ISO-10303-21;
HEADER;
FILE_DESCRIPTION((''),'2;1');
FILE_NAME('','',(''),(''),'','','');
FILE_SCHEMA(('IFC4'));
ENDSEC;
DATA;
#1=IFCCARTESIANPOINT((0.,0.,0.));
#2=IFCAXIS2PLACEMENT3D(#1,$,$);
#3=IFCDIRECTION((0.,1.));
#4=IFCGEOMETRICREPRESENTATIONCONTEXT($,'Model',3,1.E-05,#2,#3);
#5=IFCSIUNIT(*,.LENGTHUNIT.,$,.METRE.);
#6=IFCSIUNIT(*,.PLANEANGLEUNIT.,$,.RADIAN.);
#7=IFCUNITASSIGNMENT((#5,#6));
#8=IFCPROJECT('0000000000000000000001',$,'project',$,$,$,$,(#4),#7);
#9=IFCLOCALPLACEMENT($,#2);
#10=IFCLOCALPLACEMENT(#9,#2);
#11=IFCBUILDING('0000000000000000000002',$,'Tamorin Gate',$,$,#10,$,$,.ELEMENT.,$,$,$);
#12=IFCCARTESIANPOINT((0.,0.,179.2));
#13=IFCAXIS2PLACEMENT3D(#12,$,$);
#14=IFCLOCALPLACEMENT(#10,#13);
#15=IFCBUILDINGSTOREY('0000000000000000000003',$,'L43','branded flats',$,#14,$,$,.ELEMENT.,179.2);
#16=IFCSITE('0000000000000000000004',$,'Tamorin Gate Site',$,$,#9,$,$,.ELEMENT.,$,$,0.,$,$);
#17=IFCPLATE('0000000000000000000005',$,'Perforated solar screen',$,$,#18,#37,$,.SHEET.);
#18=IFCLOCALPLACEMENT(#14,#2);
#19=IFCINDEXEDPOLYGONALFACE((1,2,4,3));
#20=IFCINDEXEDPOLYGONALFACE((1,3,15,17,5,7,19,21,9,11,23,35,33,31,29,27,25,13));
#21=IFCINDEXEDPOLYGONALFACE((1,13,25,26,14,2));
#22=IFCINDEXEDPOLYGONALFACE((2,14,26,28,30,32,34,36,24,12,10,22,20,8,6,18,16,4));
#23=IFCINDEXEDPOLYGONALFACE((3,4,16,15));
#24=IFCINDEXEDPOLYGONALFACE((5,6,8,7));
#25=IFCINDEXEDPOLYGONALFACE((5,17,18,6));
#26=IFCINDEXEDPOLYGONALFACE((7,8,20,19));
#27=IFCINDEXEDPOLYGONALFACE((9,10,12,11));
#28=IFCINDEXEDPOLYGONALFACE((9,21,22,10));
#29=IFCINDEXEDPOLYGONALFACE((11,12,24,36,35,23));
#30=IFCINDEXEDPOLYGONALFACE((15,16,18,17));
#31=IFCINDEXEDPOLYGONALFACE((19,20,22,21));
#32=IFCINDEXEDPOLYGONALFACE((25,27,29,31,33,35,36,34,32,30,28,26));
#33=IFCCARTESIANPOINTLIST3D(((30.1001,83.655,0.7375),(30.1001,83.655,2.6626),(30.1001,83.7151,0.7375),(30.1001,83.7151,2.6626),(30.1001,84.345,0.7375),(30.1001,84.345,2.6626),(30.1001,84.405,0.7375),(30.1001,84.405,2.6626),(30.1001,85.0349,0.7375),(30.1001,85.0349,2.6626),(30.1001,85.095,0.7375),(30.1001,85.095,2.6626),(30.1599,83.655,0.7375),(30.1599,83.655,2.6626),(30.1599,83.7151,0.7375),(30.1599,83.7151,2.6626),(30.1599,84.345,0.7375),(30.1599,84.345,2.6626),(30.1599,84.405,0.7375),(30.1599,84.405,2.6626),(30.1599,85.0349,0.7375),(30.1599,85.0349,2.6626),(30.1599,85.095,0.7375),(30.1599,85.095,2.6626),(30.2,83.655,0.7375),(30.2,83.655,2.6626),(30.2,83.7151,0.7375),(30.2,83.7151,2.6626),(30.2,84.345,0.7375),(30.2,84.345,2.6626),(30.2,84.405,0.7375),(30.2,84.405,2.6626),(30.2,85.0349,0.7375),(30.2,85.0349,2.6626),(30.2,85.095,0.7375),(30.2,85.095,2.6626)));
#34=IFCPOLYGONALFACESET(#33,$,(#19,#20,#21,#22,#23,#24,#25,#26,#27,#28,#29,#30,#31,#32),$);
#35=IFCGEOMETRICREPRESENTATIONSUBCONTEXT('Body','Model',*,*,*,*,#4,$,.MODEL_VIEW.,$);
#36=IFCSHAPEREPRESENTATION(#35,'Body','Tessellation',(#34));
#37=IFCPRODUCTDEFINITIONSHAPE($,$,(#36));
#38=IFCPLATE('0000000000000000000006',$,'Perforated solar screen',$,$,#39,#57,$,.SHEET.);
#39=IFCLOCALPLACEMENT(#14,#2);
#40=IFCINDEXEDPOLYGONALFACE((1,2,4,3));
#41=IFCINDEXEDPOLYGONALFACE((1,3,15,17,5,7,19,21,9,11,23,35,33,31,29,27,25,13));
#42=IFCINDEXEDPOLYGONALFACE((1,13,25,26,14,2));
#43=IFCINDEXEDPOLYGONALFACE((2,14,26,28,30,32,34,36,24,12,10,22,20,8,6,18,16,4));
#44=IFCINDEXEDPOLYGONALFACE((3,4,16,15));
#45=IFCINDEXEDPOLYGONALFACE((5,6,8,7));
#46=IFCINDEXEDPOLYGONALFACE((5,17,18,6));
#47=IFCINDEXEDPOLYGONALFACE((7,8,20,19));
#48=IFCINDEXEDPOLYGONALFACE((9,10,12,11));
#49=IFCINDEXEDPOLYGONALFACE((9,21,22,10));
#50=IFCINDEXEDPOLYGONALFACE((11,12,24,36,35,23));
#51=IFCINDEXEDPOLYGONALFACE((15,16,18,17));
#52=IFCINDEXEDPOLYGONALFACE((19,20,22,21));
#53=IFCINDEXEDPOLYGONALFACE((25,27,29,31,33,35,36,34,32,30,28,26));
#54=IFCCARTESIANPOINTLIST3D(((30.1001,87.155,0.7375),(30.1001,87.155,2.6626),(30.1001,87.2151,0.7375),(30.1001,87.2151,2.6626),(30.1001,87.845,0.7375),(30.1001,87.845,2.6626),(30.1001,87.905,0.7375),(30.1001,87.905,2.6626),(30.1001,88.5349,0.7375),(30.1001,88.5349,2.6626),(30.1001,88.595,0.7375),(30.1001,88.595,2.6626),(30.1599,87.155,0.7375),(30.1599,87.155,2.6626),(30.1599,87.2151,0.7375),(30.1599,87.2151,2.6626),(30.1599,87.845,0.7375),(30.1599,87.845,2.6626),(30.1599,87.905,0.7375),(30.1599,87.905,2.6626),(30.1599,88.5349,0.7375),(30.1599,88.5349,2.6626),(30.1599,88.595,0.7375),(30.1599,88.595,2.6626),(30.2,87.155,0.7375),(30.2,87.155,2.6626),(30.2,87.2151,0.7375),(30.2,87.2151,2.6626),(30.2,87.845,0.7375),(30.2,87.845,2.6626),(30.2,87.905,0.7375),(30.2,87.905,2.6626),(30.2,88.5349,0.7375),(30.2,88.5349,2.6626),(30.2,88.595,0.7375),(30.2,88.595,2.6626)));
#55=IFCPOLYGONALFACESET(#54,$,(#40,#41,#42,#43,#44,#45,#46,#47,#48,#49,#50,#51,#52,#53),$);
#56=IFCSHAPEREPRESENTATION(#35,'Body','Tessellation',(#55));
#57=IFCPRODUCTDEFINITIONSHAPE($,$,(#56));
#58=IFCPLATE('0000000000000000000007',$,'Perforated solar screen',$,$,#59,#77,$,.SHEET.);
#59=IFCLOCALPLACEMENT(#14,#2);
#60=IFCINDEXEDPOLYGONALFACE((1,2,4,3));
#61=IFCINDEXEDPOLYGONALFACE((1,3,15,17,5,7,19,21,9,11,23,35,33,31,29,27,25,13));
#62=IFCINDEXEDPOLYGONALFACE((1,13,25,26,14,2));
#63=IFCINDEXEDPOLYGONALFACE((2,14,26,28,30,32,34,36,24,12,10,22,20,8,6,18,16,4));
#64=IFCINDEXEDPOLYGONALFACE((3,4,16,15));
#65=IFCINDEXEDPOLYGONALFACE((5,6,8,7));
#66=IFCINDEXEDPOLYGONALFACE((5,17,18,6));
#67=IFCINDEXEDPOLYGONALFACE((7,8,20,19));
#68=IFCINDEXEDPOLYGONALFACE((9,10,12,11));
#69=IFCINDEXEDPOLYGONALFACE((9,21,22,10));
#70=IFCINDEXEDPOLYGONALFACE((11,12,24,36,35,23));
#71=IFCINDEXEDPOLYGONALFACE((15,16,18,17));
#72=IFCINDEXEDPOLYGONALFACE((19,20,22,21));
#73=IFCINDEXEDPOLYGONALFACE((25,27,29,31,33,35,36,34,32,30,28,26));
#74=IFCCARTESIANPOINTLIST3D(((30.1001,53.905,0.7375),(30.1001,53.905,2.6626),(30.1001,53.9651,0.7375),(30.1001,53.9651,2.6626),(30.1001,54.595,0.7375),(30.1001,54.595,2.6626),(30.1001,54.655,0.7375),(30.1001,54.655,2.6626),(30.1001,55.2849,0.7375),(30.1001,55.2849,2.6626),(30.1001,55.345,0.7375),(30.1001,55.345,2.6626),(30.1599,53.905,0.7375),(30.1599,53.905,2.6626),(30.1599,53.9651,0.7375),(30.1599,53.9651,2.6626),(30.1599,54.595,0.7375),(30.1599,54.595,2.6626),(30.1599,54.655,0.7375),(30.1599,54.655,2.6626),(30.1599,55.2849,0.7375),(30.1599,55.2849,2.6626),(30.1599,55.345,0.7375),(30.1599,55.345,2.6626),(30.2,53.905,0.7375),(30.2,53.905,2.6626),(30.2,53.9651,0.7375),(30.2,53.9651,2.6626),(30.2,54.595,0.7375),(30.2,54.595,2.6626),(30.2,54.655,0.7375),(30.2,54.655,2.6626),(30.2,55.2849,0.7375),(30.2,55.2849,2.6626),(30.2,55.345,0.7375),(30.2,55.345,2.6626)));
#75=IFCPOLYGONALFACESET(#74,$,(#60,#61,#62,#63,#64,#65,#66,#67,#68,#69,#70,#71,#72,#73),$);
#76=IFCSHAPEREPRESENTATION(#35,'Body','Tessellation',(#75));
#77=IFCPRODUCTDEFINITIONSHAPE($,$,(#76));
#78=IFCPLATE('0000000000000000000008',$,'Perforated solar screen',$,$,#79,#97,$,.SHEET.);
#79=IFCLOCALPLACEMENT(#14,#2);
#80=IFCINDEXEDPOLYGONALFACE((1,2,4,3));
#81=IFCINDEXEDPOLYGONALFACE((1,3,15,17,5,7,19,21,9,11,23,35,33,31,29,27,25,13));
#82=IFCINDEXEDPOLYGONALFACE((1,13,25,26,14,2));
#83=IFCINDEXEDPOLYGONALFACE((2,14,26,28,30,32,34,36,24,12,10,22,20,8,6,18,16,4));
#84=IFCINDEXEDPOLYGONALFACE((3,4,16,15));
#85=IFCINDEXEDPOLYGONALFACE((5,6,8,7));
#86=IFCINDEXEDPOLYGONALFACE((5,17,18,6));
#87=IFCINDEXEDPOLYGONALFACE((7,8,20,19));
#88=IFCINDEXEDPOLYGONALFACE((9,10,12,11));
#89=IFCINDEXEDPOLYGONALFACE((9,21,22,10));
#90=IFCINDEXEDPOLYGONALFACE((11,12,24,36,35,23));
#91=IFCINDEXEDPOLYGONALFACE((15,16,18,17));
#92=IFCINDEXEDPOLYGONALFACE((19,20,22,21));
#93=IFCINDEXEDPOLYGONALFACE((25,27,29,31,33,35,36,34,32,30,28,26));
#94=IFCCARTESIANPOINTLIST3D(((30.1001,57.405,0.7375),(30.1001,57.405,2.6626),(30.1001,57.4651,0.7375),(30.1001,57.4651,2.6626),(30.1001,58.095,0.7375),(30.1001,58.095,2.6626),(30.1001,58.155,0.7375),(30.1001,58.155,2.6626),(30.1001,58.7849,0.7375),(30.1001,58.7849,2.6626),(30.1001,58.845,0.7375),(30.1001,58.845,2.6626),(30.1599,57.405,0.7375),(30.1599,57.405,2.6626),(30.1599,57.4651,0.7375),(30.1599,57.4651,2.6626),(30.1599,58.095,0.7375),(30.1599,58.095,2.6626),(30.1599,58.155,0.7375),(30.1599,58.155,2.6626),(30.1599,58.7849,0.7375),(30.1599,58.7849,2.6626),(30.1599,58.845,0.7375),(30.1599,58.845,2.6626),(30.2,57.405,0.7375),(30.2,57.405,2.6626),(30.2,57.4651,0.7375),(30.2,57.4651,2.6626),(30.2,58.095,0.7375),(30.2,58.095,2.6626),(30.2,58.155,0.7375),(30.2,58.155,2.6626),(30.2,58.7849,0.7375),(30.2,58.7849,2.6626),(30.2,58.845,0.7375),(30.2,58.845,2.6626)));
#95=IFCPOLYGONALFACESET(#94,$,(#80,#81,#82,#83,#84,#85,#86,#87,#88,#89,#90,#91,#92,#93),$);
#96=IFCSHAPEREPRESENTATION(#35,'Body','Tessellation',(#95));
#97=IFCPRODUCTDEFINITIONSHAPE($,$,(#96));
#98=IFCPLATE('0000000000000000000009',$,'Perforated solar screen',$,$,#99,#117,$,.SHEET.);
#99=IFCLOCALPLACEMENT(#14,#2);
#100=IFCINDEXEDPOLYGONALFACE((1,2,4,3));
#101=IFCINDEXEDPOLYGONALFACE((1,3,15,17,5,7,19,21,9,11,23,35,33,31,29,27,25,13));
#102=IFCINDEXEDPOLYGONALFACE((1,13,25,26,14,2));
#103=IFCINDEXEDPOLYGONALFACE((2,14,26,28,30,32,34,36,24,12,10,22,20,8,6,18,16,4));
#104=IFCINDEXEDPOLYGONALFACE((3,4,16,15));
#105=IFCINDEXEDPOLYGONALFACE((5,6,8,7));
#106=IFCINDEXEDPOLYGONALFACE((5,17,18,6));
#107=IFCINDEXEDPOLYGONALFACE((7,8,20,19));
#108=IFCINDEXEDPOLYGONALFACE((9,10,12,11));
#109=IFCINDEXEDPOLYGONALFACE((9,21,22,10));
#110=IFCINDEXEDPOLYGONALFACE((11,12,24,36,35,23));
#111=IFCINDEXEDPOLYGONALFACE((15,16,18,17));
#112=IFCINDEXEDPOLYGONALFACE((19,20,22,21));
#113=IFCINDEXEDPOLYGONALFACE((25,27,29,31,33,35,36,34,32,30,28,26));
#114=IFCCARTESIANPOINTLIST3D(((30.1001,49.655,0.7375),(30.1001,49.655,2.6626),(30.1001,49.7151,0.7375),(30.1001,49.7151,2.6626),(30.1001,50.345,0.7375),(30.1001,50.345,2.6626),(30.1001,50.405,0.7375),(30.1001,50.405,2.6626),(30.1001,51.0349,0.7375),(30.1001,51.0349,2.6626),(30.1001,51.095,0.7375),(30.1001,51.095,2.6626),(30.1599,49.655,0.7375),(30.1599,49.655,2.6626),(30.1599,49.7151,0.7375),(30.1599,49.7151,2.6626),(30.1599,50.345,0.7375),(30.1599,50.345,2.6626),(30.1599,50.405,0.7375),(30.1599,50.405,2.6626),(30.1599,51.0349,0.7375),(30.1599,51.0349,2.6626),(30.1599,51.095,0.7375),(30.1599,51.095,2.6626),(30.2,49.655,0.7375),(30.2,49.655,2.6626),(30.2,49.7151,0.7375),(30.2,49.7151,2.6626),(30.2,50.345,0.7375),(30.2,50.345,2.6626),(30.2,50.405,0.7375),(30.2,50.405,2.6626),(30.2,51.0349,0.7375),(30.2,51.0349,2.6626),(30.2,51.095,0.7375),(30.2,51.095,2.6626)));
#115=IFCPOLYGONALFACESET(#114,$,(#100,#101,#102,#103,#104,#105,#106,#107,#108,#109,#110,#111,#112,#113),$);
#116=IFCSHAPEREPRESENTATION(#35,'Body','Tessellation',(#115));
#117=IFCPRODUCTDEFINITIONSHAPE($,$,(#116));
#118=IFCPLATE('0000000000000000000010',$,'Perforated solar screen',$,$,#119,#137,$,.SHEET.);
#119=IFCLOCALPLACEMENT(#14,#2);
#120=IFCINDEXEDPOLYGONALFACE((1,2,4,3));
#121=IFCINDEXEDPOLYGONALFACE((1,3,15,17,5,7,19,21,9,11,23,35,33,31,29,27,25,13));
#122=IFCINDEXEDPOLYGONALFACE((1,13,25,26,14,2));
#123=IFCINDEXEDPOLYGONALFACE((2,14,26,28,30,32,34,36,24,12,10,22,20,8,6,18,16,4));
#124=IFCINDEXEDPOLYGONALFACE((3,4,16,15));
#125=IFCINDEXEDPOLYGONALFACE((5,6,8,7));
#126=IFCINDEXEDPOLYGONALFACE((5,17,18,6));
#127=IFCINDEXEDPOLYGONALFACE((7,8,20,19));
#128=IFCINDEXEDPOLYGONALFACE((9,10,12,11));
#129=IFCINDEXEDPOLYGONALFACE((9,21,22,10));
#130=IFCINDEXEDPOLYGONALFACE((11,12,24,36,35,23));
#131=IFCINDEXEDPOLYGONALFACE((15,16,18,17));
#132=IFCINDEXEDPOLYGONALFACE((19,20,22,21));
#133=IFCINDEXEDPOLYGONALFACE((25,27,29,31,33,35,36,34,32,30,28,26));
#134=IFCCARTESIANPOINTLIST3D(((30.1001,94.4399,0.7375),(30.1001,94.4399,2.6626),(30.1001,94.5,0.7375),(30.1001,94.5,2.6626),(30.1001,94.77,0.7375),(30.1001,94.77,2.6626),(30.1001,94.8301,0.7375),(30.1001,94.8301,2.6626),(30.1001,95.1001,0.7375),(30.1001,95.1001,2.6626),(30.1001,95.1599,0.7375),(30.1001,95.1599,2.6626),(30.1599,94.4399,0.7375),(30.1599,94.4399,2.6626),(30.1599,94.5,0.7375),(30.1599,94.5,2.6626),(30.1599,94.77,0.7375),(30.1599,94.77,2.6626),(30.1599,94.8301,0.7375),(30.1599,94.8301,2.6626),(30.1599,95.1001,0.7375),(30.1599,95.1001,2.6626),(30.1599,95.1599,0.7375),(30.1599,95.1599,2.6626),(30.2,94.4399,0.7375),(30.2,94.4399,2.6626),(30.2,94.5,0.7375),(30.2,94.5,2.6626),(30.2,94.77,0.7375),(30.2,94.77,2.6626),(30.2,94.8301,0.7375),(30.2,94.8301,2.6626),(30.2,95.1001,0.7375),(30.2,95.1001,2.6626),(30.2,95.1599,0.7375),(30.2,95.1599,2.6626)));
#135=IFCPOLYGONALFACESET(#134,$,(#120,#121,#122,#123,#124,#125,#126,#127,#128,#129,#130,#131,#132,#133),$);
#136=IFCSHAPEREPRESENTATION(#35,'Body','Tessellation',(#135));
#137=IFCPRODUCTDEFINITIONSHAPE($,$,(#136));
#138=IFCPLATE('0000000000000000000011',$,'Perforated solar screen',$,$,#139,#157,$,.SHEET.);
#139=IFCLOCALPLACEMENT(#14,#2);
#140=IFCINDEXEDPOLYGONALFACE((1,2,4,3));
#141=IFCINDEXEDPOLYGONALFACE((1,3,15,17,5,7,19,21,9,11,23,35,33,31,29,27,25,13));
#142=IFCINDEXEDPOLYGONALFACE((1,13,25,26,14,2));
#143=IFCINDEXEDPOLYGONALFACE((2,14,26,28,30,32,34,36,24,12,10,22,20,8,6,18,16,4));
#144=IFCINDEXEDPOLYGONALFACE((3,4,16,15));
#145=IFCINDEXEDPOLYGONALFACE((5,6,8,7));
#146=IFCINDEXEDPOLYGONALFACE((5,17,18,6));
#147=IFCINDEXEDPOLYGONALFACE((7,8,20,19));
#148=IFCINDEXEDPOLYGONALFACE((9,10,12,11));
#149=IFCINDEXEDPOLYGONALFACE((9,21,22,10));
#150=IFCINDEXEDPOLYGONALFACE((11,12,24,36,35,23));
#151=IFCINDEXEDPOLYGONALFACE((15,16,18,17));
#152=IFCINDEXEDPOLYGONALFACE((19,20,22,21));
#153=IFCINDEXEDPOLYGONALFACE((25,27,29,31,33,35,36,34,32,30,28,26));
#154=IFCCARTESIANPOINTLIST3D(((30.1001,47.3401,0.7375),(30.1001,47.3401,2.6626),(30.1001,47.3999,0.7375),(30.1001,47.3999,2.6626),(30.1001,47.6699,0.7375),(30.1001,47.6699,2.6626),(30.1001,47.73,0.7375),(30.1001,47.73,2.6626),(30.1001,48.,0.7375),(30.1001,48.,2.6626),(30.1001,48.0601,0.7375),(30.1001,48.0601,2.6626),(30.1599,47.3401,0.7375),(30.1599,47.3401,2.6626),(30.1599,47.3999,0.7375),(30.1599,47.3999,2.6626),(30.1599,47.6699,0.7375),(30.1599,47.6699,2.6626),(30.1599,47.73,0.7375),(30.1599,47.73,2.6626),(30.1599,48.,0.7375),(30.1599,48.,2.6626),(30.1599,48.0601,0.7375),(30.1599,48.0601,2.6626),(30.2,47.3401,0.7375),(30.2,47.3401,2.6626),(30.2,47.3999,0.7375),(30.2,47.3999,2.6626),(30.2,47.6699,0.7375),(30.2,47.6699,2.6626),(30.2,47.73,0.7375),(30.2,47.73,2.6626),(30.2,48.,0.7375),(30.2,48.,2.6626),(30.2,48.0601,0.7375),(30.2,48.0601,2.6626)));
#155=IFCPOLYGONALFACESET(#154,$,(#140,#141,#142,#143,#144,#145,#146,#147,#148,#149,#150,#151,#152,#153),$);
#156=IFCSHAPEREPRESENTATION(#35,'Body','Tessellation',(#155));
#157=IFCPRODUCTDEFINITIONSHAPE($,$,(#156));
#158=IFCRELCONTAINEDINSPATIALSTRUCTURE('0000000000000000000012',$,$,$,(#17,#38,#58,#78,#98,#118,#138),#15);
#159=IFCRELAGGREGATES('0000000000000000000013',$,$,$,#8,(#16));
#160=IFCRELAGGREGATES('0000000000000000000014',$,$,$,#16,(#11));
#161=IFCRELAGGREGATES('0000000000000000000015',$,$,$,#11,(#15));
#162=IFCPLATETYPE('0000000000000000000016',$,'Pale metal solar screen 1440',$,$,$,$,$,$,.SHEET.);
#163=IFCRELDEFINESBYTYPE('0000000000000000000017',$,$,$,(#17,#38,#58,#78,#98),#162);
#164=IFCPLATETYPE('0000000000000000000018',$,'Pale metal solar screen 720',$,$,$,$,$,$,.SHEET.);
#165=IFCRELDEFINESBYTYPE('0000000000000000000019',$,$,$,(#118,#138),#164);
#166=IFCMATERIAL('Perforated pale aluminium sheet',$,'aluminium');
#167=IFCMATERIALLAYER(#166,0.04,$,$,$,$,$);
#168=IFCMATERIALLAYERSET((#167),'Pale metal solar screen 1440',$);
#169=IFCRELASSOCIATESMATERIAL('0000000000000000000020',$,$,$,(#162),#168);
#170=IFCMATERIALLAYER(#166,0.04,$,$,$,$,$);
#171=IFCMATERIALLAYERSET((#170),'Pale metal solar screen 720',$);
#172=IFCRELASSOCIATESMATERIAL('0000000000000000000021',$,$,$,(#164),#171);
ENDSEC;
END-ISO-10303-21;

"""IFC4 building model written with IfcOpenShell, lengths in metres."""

from ifc_helpers import new_model, si_unit, direction, frame, origin, place, context, subcontext, project, spatial, polyline, outline, extrude, material, layer, layer_set, type_object, element, save


model = new_model("IFC4")

# Units and contexts
model_context = context("Model", 3, precision=1e-05, world=origin(), true_north=direction((0.0, 1.0)))
body_context = subcontext(model_context, "Body", "Model", "MODEL_VIEW")
ifc_project = project(units=[si_unit("LENGTHUNIT", "METRE"), si_unit("PLANEANGLEUNIT", "RADIAN")], contexts=[model_context])

# Site, building, storey
site_placement = place(None, origin())
site = spatial("IfcSite", under=ifc_project, at=site_placement, Name="Tamorin Gate Site", CompositionType="ELEMENT", RefElevation=0.0)
building_placement = place(site_placement, origin())
building = spatial("IfcBuilding", under=site, at=building_placement, Name="Tamorin Gate", CompositionType="ELEMENT")
storey_placement = place(building_placement, frame((0.0, 0.0, 179.2)))
storey = spatial("IfcBuildingStorey", under=building, at=storey_placement, Name="L43", Description="branded flats", CompositionType="ELEMENT", Elevation=179.2)

# Plates
ifc_material_1 = material(Name="Perforated pale aluminium sheet", Category="aluminium")
ifc_layer_1 = layer(ifc_material_1, 0.04)
ifc_layer_set_1 = layer_set([ifc_layer_1], Name="Pale metal solar screen 1440")
plate_type_1 = type_object("IfcPlateType", Name="Pale metal solar screen 1440", PredefinedType="SHEET", material=ifc_layer_set_1)
plate_1_placement = place(storey_placement, frame((0.0, 0.0, 0.7375)))
element("IfcPlate", 1, at=plate_1_placement, inside=storey, type_object=plate_type_1, Name="Perforated solar screen", PredefinedType="SHEET", context=body_context, shape_type="SweptSolid", body=[
    extrude(outline(polyline([(30.1599, 85.095), (30.2, 85.095), (30.2, 85.0349), (30.2, 84.405), (30.2, 84.345), (30.2, 83.7151), (30.2, 83.655), (30.1599, 83.655), (30.1001, 83.655), (30.1001, 83.7151), (30.1599, 83.7151), (30.1599, 84.345), (30.1001, 84.345), (30.1001, 84.405), (30.1599, 84.405), (30.1599, 85.0349), (30.1001, 85.0349), (30.1001, 85.095), (30.1599, 85.095)])), origin(), (0.0, 0.0, 1.0), 1.925),
])
plate_2_placement = place(storey_placement, frame((0.0, 0.0, 0.7375)))
element("IfcPlate", 2, at=plate_2_placement, inside=storey, type_object=plate_type_1, Name="Perforated solar screen", PredefinedType="SHEET", context=body_context, shape_type="SweptSolid", body=[
    extrude(outline(polyline([(30.1599, 88.595), (30.2, 88.595), (30.2, 88.5349), (30.2, 87.905), (30.2, 87.845), (30.2, 87.2151), (30.2, 87.155), (30.1599, 87.155), (30.1001, 87.155), (30.1001, 87.2151), (30.1599, 87.2151), (30.1599, 87.845), (30.1001, 87.845), (30.1001, 87.905), (30.1599, 87.905), (30.1599, 88.5349), (30.1001, 88.5349), (30.1001, 88.595), (30.1599, 88.595)])), origin(), (0.0, 0.0, 1.0), 1.925),
])
plate_3_placement = place(storey_placement, frame((0.0, 0.0, 0.7375)))
element("IfcPlate", 3, at=plate_3_placement, inside=storey, type_object=plate_type_1, Name="Perforated solar screen", PredefinedType="SHEET", context=body_context, shape_type="SweptSolid", body=[
    extrude(outline(polyline([(30.1599, 55.345), (30.2, 55.345), (30.2, 55.2849), (30.2, 54.655), (30.2, 54.595), (30.2, 53.9651), (30.2, 53.905), (30.1599, 53.905), (30.1001, 53.905), (30.1001, 53.9651), (30.1599, 53.9651), (30.1599, 54.595), (30.1001, 54.595), (30.1001, 54.655), (30.1599, 54.655), (30.1599, 55.2849), (30.1001, 55.2849), (30.1001, 55.345), (30.1599, 55.345)])), origin(), (0.0, 0.0, 1.0), 1.925),
])
plate_4_placement = place(storey_placement, frame((0.0, 0.0, 0.7375)))
element("IfcPlate", 4, at=plate_4_placement, inside=storey, type_object=plate_type_1, Name="Perforated solar screen", PredefinedType="SHEET", context=body_context, shape_type="SweptSolid", body=[
    extrude(outline(polyline([(30.1599, 58.845), (30.2, 58.845), (30.2, 58.7849), (30.2, 58.155), (30.2, 58.095), (30.2, 57.4651), (30.2, 57.405), (30.1599, 57.405), (30.1001, 57.405), (30.1001, 57.4651), (30.1599, 57.4651), (30.1599, 58.095), (30.1001, 58.095), (30.1001, 58.155), (30.1599, 58.155), (30.1599, 58.7849), (30.1001, 58.7849), (30.1001, 58.845), (30.1599, 58.845)])), origin(), (0.0, 0.0, 1.0), 1.925),
])
plate_5_placement = place(storey_placement, frame((0.0, 0.0, 0.7375)))
element("IfcPlate", 5, at=plate_5_placement, inside=storey, type_object=plate_type_1, Name="Perforated solar screen", PredefinedType="SHEET", context=body_context, shape_type="SweptSolid", body=[
    extrude(outline(polyline([(30.1599, 51.095), (30.2, 51.095), (30.2, 51.0349), (30.2, 50.405), (30.2, 50.345), (30.2, 49.7151), (30.2, 49.655), (30.1599, 49.655), (30.1001, 49.655), (30.1001, 49.7151), (30.1599, 49.7151), (30.1599, 50.345), (30.1001, 50.345), (30.1001, 50.405), (30.1599, 50.405), (30.1599, 51.0349), (30.1001, 51.0349), (30.1001, 51.095), (30.1599, 51.095)])), origin(), (0.0, 0.0, 1.0), 1.925),
])
ifc_layer_2 = layer(ifc_material_1, 0.04)
ifc_layer_set_2 = layer_set([ifc_layer_2], Name="Pale metal solar screen 720")
plate_type_2 = type_object("IfcPlateType", Name="Pale metal solar screen 720", PredefinedType="SHEET", material=ifc_layer_set_2)
plate_6_placement = place(storey_placement, frame((0.0, 0.0, 0.7375)))
element("IfcPlate", 6, at=plate_6_placement, inside=storey, type_object=plate_type_2, Name="Perforated solar screen", PredefinedType="SHEET", context=body_context, shape_type="SweptSolid", body=[
    extrude(outline(polyline([(30.1599, 95.1599), (30.2, 95.1599), (30.2, 95.1001), (30.2, 94.8301), (30.2, 94.77), (30.2, 94.5), (30.2, 94.4399), (30.1599, 94.4399), (30.1001, 94.4399), (30.1001, 94.5), (30.1599, 94.5), (30.1599, 94.77), (30.1001, 94.77), (30.1001, 94.8301), (30.1599, 94.8301), (30.1599, 95.1001), (30.1001, 95.1001), (30.1001, 95.1599), (30.1599, 95.1599)])), origin(), (0.0, 0.0, 1.0), 1.925),
])
plate_7_placement = place(storey_placement, frame((0.0, 0.0, 0.7375)))
element("IfcPlate", 7, at=plate_7_placement, inside=storey, type_object=plate_type_2, Name="Perforated solar screen", PredefinedType="SHEET", context=body_context, shape_type="SweptSolid", body=[
    extrude(outline(polyline([(30.1599, 48.0601), (30.2, 48.0601), (30.2, 48.0), (30.2, 47.73), (30.2, 47.6699), (30.2, 47.3999), (30.2, 47.3401), (30.1599, 47.3401), (30.1001, 47.3401), (30.1001, 47.3999), (30.1599, 47.3999), (30.1599, 47.6699), (30.1001, 47.6699), (30.1001, 47.73), (30.1599, 47.73), (30.1599, 48.0), (30.1001, 48.0), (30.1001, 48.0601), (30.1599, 48.0601)])), origin(), (0.0, 0.0, 1.0), 1.925),
])

save(model, "model.ifc")
